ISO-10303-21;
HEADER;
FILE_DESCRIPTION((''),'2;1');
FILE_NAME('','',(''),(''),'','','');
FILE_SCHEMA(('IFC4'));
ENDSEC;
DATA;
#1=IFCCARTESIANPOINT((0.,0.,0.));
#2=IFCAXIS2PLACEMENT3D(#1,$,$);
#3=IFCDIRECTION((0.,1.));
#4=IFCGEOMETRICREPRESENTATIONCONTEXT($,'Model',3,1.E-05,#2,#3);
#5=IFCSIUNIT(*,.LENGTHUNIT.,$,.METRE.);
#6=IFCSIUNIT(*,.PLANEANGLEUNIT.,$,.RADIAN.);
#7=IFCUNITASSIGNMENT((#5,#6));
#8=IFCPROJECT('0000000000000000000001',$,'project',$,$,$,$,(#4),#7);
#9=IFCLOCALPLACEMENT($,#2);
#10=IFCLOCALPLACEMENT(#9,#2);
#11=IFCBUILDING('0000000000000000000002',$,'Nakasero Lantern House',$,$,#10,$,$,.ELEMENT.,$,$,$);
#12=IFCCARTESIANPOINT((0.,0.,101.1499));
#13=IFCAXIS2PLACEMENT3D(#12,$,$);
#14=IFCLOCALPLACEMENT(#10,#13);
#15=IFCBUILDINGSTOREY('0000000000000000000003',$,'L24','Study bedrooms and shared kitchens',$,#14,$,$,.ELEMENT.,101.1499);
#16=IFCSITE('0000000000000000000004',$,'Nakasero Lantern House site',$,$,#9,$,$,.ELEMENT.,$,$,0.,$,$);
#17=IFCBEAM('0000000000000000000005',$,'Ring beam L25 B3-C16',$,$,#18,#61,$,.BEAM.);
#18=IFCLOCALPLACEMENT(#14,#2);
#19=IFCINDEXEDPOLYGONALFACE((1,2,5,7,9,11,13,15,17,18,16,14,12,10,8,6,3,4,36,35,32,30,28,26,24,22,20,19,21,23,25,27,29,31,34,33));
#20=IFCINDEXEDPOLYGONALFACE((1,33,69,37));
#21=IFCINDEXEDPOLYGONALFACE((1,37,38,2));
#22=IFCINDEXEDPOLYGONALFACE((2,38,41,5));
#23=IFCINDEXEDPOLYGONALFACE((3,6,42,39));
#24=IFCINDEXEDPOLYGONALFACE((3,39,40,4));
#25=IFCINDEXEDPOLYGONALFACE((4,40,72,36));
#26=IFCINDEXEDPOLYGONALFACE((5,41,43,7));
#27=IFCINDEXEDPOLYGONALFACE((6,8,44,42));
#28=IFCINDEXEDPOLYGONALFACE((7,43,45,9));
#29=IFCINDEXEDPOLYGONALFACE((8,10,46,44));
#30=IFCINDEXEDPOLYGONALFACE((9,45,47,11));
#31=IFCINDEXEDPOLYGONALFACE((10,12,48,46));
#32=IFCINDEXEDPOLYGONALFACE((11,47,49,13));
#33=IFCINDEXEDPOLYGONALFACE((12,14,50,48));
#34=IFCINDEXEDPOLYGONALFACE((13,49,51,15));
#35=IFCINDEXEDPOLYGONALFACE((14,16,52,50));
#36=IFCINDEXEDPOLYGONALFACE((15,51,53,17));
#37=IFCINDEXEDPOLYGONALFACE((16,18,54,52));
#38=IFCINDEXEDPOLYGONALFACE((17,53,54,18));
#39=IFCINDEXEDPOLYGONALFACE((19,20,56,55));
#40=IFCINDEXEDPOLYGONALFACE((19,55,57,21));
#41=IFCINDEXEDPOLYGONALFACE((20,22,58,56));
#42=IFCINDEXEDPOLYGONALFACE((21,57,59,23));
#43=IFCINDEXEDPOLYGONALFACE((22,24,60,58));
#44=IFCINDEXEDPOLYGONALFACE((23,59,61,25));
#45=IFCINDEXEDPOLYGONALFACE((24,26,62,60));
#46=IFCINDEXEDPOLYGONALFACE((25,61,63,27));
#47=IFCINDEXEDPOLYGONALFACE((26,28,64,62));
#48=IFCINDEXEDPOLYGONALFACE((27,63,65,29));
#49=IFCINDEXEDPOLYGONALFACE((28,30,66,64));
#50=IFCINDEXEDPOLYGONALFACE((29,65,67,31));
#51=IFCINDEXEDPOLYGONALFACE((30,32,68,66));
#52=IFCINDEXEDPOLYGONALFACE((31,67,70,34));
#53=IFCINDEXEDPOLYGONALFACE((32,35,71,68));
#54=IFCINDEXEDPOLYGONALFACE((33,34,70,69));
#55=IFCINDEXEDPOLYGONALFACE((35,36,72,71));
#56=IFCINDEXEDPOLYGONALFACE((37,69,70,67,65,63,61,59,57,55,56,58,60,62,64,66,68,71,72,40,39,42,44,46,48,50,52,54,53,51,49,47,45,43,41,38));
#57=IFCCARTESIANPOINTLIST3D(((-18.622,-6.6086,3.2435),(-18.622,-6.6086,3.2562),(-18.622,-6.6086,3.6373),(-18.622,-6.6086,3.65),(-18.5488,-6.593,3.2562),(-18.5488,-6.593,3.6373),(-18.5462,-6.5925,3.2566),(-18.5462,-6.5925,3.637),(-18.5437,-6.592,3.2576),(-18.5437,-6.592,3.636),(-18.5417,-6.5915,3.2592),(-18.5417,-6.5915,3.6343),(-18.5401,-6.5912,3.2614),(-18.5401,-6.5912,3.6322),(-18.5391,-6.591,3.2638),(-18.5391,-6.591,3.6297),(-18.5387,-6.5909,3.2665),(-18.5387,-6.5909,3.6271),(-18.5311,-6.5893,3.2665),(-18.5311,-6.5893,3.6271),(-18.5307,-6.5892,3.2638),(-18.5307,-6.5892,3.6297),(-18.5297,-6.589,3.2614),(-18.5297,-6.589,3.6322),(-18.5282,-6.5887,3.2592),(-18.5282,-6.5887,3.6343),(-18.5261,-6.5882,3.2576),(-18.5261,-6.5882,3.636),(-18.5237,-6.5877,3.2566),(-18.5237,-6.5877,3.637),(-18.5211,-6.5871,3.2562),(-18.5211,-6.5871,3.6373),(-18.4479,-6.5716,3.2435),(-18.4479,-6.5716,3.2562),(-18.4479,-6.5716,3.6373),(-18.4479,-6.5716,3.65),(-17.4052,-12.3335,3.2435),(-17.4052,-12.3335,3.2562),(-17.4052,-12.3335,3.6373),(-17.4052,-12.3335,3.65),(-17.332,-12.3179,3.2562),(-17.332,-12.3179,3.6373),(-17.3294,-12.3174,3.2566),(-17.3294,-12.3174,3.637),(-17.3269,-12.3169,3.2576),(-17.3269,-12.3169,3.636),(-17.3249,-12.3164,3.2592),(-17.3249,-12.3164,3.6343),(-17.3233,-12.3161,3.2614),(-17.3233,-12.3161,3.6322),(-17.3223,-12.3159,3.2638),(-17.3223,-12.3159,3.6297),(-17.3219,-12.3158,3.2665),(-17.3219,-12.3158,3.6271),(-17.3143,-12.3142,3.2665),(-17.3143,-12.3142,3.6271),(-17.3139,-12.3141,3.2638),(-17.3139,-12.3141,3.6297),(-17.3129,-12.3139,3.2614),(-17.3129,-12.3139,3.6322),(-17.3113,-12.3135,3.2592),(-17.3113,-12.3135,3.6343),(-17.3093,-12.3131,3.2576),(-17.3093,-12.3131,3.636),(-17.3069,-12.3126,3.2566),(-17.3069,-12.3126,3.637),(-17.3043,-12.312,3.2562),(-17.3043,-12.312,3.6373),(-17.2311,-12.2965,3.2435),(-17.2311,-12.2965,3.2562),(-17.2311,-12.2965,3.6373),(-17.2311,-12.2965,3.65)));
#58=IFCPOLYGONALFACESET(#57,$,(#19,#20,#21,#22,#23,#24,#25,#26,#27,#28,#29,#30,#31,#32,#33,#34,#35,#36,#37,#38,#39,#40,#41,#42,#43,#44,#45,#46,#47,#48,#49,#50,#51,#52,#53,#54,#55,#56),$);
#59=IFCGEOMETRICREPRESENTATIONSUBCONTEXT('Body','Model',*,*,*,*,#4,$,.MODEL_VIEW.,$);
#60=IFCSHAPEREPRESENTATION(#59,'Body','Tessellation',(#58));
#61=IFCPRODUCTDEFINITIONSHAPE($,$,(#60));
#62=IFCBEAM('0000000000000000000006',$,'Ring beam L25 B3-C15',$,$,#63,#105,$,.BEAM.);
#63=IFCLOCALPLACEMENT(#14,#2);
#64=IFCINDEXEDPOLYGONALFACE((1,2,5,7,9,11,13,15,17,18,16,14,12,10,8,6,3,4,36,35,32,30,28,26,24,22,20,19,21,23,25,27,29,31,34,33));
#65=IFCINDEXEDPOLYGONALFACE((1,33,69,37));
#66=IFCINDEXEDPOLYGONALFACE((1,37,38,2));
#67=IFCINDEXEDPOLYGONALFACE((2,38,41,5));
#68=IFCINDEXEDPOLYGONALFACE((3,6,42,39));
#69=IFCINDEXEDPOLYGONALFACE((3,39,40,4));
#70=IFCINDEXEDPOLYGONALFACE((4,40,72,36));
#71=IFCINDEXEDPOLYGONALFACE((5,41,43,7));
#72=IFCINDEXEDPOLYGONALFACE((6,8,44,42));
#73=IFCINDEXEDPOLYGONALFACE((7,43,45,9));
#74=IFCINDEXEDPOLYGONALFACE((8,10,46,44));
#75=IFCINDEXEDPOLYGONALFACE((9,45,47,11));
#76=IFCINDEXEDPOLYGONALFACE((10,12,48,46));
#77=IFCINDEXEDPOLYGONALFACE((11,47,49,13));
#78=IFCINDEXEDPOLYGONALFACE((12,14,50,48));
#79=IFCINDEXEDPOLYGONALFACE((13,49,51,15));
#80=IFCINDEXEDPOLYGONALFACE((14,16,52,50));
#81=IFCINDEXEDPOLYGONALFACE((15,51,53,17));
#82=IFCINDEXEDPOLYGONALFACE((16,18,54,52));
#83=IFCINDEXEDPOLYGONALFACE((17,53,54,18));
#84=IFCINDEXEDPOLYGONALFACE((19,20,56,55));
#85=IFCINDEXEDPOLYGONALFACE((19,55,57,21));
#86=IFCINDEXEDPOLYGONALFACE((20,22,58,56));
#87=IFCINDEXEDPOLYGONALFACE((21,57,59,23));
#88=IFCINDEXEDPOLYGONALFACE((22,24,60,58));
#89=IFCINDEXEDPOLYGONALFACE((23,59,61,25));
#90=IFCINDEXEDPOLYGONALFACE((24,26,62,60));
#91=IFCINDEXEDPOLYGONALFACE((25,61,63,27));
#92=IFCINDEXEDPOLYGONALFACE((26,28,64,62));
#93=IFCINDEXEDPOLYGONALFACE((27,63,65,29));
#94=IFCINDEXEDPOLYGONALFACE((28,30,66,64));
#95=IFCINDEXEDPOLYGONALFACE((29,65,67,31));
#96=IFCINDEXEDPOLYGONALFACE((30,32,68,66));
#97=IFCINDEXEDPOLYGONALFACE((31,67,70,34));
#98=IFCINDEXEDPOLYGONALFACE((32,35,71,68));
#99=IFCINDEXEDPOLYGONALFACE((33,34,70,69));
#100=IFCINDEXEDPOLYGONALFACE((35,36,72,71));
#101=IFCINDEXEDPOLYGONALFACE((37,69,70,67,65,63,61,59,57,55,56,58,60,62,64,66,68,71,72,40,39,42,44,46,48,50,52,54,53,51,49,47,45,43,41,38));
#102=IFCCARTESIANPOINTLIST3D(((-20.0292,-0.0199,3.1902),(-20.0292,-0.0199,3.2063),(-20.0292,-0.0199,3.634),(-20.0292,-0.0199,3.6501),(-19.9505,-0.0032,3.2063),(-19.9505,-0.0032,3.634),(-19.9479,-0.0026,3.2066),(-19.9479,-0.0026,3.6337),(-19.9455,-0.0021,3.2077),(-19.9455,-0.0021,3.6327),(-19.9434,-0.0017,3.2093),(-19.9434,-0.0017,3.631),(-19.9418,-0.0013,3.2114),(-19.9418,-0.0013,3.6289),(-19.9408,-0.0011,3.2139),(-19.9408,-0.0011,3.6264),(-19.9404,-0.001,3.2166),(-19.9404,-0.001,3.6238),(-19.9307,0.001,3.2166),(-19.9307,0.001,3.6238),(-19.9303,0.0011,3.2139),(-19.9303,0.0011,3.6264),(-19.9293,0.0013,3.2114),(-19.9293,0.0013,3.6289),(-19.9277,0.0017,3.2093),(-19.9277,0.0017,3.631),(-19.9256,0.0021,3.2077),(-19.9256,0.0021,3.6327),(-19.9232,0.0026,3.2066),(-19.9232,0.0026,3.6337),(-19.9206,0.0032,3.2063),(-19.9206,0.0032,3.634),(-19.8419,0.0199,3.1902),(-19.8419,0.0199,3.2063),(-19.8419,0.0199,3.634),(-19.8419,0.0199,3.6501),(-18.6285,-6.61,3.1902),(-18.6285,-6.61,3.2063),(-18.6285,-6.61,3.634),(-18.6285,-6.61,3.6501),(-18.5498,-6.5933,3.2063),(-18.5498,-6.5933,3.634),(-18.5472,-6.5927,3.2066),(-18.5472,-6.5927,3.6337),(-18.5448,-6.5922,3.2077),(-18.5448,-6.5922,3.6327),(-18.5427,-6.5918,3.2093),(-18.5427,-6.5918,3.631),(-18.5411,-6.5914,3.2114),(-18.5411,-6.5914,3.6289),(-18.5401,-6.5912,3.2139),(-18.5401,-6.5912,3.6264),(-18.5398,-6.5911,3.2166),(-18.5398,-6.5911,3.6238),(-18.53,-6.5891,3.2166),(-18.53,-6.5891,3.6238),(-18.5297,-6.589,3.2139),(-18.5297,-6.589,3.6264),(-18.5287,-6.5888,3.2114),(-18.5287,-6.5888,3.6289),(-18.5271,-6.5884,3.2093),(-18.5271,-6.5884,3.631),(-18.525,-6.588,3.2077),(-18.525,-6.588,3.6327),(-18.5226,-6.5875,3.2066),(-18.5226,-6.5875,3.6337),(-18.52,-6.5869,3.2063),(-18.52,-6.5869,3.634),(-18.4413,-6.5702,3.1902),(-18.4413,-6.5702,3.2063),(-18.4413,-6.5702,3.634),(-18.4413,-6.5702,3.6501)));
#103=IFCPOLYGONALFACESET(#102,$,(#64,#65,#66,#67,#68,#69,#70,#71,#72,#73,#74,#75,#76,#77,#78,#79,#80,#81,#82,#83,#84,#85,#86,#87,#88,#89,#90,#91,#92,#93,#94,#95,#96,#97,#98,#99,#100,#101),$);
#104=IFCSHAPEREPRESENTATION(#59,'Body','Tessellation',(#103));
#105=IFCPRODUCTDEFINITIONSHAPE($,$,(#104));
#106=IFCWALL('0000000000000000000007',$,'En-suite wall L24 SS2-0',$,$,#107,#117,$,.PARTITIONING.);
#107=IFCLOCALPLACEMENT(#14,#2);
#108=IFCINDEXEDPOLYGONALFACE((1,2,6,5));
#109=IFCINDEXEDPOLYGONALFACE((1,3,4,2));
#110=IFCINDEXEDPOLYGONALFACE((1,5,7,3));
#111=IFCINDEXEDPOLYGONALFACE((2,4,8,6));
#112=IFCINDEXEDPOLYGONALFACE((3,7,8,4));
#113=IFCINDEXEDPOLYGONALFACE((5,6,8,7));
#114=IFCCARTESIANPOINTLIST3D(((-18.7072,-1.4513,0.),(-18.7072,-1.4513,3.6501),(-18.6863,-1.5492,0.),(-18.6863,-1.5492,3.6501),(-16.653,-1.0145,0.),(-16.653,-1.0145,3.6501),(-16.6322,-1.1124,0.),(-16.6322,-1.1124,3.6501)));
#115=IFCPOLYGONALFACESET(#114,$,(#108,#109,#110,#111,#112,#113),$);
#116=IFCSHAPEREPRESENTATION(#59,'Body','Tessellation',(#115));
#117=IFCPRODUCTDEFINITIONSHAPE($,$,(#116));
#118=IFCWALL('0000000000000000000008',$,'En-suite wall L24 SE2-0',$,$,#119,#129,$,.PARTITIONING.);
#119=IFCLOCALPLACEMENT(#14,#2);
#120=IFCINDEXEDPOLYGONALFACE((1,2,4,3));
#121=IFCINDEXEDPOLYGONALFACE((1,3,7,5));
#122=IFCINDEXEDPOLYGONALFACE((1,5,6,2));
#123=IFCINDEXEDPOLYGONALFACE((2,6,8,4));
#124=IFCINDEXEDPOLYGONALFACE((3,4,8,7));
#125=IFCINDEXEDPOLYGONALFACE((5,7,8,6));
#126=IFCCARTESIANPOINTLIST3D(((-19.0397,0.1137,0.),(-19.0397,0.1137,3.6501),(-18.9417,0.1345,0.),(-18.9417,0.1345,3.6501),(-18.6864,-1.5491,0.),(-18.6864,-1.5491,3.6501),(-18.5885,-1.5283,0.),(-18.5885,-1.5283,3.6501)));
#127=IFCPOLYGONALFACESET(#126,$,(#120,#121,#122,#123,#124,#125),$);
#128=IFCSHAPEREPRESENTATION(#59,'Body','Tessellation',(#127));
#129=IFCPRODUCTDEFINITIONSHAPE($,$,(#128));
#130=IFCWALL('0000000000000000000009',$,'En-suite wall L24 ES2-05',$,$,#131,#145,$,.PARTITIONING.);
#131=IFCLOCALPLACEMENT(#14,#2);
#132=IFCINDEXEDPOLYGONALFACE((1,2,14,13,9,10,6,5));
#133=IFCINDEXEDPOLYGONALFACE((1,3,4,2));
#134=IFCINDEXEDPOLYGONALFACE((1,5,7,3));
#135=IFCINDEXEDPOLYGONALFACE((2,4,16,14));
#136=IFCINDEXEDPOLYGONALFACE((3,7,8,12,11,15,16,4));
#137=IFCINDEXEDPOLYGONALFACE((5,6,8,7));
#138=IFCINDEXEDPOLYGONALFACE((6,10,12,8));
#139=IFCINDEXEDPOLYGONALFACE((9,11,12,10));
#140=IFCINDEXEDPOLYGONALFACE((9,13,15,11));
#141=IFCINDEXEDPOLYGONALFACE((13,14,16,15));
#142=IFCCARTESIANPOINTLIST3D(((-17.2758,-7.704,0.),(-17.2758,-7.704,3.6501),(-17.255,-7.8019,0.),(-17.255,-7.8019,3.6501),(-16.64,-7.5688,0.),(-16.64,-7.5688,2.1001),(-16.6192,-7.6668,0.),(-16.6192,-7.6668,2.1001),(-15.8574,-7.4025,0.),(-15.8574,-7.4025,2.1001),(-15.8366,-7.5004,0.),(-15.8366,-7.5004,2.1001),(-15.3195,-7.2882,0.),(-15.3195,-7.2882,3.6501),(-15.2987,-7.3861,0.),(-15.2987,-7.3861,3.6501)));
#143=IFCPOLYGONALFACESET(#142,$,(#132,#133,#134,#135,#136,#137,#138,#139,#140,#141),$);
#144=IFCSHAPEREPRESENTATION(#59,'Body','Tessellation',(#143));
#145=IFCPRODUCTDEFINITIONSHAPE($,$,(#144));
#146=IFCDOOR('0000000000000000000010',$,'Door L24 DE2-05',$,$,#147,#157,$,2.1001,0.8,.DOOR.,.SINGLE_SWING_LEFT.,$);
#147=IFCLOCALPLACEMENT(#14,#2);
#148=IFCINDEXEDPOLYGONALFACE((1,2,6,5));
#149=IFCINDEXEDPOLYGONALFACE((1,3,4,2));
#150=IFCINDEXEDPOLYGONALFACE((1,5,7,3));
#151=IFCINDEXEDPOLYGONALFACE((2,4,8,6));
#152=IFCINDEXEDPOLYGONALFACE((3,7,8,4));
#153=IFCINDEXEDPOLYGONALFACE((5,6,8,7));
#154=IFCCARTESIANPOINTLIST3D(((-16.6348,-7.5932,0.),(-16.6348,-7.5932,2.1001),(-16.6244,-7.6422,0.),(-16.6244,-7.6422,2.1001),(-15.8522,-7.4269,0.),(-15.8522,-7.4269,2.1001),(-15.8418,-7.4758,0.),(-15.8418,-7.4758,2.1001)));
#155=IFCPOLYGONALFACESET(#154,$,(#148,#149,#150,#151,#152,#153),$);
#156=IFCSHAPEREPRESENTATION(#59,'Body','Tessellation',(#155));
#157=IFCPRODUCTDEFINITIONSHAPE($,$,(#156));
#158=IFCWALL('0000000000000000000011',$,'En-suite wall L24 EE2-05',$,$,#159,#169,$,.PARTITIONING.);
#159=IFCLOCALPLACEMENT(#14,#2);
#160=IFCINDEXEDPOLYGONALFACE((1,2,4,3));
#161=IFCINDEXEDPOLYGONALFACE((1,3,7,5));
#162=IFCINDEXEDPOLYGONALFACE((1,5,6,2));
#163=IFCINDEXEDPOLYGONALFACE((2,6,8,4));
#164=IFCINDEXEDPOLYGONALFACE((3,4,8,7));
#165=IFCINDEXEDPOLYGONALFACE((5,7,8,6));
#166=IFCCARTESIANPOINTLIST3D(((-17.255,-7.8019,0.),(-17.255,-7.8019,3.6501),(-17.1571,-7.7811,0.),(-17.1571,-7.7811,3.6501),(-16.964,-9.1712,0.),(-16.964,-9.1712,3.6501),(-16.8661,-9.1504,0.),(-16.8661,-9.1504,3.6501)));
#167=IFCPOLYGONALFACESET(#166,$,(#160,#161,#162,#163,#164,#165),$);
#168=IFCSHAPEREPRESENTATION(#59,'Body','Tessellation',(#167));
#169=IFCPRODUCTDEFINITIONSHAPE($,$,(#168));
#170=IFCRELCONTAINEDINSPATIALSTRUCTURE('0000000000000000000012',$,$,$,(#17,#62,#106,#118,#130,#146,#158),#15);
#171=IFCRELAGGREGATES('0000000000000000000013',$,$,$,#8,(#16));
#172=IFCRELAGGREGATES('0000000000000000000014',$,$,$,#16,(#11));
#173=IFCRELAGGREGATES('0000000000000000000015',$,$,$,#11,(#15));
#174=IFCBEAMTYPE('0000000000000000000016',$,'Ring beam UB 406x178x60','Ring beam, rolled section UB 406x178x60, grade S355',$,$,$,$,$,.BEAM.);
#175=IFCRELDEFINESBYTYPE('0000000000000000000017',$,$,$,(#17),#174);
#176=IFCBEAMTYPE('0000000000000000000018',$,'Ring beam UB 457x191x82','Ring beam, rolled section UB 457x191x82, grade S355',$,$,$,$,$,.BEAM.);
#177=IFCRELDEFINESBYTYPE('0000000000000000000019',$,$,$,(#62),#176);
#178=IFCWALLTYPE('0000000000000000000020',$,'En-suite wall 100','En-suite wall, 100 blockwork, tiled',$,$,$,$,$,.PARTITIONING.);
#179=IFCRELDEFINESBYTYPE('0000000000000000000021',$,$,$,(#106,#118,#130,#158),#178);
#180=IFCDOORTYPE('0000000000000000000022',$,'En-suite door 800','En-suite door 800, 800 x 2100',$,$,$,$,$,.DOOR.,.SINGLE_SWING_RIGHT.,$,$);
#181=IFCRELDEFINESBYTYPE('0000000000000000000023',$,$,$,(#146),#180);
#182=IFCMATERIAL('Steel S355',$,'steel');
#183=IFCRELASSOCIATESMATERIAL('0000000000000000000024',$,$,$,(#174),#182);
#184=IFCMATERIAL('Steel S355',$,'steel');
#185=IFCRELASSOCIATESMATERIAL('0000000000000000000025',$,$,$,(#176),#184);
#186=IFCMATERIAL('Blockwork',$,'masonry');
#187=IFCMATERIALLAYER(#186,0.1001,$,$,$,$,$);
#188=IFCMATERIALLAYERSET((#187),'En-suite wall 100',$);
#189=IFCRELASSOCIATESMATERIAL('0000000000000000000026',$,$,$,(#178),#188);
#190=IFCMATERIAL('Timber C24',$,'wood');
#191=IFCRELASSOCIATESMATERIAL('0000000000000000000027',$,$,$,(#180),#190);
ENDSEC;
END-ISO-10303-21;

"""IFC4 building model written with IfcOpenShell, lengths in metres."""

from ifc_helpers import new_model, si_unit, direction, frame, frame_2d, origin, origin_2d, place, context, subcontext, project, spatial, rectangle, i_section, extrude, material, layer, layer_set, material_profile, profile_set, type_object, element, fill, save


model = new_model("IFC4")

# Units and contexts
model_context = context("Model", 3, precision=1e-05, world=origin(), true_north=direction((0.0, 1.0)))
body_context = subcontext(model_context, "Body", "Model", "MODEL_VIEW")
ifc_project = project(units=[si_unit("LENGTHUNIT", "METRE"), si_unit("PLANEANGLEUNIT", "RADIAN")], contexts=[model_context])

# Site, building, storey
site_placement = place(None, origin())
site = spatial("IfcSite", under=ifc_project, at=site_placement, Name="Nakasero Lantern House site", CompositionType="ELEMENT", RefElevation=0.0)
building_placement = place(site_placement, origin())
building = spatial("IfcBuilding", under=site, at=building_placement, Name="Nakasero Lantern House", CompositionType="ELEMENT")
storey_placement = place(building_placement, frame((0.0, 0.0, 101.1499)))
storey = spatial("IfcBuildingStorey", under=building, at=storey_placement, Name="L24", Description="Study bedrooms and shared kitchens", CompositionType="ELEMENT", Elevation=101.1499)

# Beams
ifc_material_1 = material(Name="Steel S355", Category="steel")
ifc_material_profile_1 = material_profile(ifc_material_1, i_section(OverallWidth=0.178, OverallDepth=0.4065, WebThickness=0.0078, FlangeThickness=0.0127, FilletRadius=0.0103, at=origin_2d()), Name="UB 406x178x60")
ifc_profile_set_1 = profile_set([ifc_material_profile_1], Name="Steel S355")
beam_type_1 = type_object("IfcBeamType", Name="Ring beam UB 406x178x60", Description="Ring beam, rolled section UB 406x178x60, grade S355", PredefinedType="BEAM", material=ifc_profile_set_1)
beam_1_placement = place(storey_placement, frame((-18.5349, -6.5901, 3.4468), z_axis=(0.207902, -0.97815, 0.0), x_axis=(0.97815, 0.207902, 0.0)))
element("IfcBeam", 1, at=beam_1_placement, inside=storey, type_object=beam_type_1, Name="Ring beam L25 B3-C16", PredefinedType="BEAM", context=body_context, shape_type="SweptSolid", body=[
    extrude(i_section(OverallWidth=0.178, OverallDepth=0.4065, WebThickness=0.0078, FlangeThickness=0.0127, FilletRadius=0.0103, at=origin_2d()), origin(), (0.0, 0.0, 1.0), 5.8528),
])
ifc_material_2 = material(Name="Steel S355", Category="steel")
ifc_material_profile_2 = material_profile(ifc_material_2, i_section(OverallWidth=0.1914, OverallDepth=0.46, WebThickness=0.01, FlangeThickness=0.0161, FilletRadius=0.0103, at=origin_2d()), Name="UB 457x191x82")
ifc_profile_set_2 = profile_set([ifc_material_profile_2], Name="Steel S355")
beam_type_2 = type_object("IfcBeamType", Name="Ring beam UB 457x191x82", Description="Ring beam, rolled section UB 457x191x82, grade S355", PredefinedType="BEAM", material=ifc_profile_set_2)
beam_2_placement = place(storey_placement, frame((-19.9355, 0.0, 3.4202), z_axis=(0.207893, -0.978152, 0.0), x_axis=(0.978152, 0.207893, 0.0)))
element("IfcBeam", 2, at=beam_2_placement, inside=storey, type_object=beam_type_2, Name="Ring beam L25 B3-C15", PredefinedType="BEAM", context=body_context, shape_type="SweptSolid", body=[
    extrude(i_section(OverallWidth=0.1914, OverallDepth=0.46, WebThickness=0.01, FlangeThickness=0.0161, FilletRadius=0.0103, at=origin_2d()), origin(), (0.0, 0.0, 1.0), 6.7373),
])

# Walls
ifc_material_3 = material(Name="Blockwork", Category="masonry")
ifc_layer_1 = layer(ifc_material_3, 0.1001)
ifc_layer_set_1 = layer_set([ifc_layer_1], Name="En-suite wall 100")
wall_type_1 = type_object("IfcWallType", Name="En-suite wall 100", Description="En-suite wall, 100 blockwork, tiled", PredefinedType="PARTITIONING", material=ifc_layer_set_1)
wall_1_placement = place(storey_placement, frame((-16.6426, -1.0635, 0.0), z_axis=(0.0, 0.0, 1.0), x_axis=(-0.978135, -0.207973, 0.0)))
element("IfcWall", 3, at=wall_1_placement, inside=storey, type_object=wall_type_1, Name="En-suite wall L24 SS2-0", PredefinedType="PARTITIONING", context=body_context, shape_type="SweptSolid", body=[
    extrude(rectangle(XDim=2.1001, YDim=0.1001, at=frame_2d((1.05, 0.0))), origin(), (0.0, 0.0, 1.0), 3.6501),
])
wall_2_placement = place(storey_placement, frame((-18.9907, 0.1243, 0.0), z_axis=(0.0, 0.0, 1.0), x_axis=(0.207812, -0.978169, 0.0)))
element("IfcWall", 4, at=wall_2_placement, inside=storey, type_object=wall_type_1, Name="En-suite wall L24 SE2-0", PredefinedType="PARTITIONING", context=body_context, shape_type="SweptSolid", body=[
    extrude(rectangle(XDim=1.7, YDim=0.1001, at=frame_2d((0.8501, 0.0))), origin(), (0.0, 0.0, 1.0), 3.6501),
])

# Wall, opening, door
wall_3_placement = place(storey_placement, frame((-15.3091, -7.3372, 0.0), z_axis=(0.0, 0.0, 1.0), x_axis=(-0.978153, -0.207886, 0.0)))
wall_3 = element("IfcWall", 5, at=wall_3_placement, inside=storey, type_object=wall_type_1, Name="En-suite wall L24 ES2-05", PredefinedType="PARTITIONING", context=body_context, shape_type="SweptSolid", body=[
    extrude(rectangle(XDim=2.0, YDim=0.1001, at=frame_2d((1.0, 0.0))), origin(), (0.0, 0.0, 1.0), 3.6501),
])
opening_1_placement = place(wall_3_placement, frame((0.55, 0.0, 0.0)))
opening_1 = element("IfcOpeningElement", 6, at=opening_1_placement, cuts=wall_3, PredefinedType="OPENING", context=body_context, shape_type="SweptSolid", body=[
    extrude(rectangle(XDim=0.8, YDim=2.1001, at=frame_2d((0.3999, 1.05))), frame((0.0, 0.0701, 0.0), z_axis=(0.0, -1.0, 0.0), x_axis=(1.0, 0.0, 0.0)), (0.0, 0.0, 1.0), 0.1401),
])
ifc_material_4 = material(Name="Timber C24", Category="wood")
door_type = type_object("IfcDoorType", Name="En-suite door 800", Description="En-suite door 800, 800 x 2100", OperationType="SINGLE_SWING_RIGHT", PredefinedType="DOOR", material=ifc_material_4)
door_1_placement = place(opening_1_placement, origin())
door_1 = element("IfcDoor", 7, at=door_1_placement, inside=storey, type_object=door_type, Name="Door L24 DE2-05", OperationType="SINGLE_SWING_LEFT", OverallHeight=2.1001, OverallWidth=0.8, PredefinedType="DOOR", context=body_context, shape_type="SweptSolid", body=[
    extrude(rectangle(XDim=0.8, YDim=2.1001, at=frame_2d((0.3999, 1.05))), frame((0.0, 0.0249, 0.0), z_axis=(0.0, -1.0, 0.0), x_axis=(1.0, 0.0, 0.0)), (0.0, 0.0, 1.0), 0.05),
])
fill(opening_1, door_1)

# Wall
wall_4_placement = place(storey_placement, frame((-17.2061, -7.7915, 0.0), z_axis=(0.0, 0.0, 1.0), x_axis=(0.207873, -0.978156, 0.0)))
element("IfcWall", 8, at=wall_4_placement, inside=storey, type_object=wall_type_1, Name="En-suite wall L24 EE2-05", PredefinedType="PARTITIONING", context=body_context, shape_type="SweptSolid", body=[
    extrude(rectangle(XDim=1.3999, YDim=0.1001, at=frame_2d((0.7, 0.0))), origin(), (0.0, 0.0, 1.0), 3.6501),
])

save(model, "model.ifc")
